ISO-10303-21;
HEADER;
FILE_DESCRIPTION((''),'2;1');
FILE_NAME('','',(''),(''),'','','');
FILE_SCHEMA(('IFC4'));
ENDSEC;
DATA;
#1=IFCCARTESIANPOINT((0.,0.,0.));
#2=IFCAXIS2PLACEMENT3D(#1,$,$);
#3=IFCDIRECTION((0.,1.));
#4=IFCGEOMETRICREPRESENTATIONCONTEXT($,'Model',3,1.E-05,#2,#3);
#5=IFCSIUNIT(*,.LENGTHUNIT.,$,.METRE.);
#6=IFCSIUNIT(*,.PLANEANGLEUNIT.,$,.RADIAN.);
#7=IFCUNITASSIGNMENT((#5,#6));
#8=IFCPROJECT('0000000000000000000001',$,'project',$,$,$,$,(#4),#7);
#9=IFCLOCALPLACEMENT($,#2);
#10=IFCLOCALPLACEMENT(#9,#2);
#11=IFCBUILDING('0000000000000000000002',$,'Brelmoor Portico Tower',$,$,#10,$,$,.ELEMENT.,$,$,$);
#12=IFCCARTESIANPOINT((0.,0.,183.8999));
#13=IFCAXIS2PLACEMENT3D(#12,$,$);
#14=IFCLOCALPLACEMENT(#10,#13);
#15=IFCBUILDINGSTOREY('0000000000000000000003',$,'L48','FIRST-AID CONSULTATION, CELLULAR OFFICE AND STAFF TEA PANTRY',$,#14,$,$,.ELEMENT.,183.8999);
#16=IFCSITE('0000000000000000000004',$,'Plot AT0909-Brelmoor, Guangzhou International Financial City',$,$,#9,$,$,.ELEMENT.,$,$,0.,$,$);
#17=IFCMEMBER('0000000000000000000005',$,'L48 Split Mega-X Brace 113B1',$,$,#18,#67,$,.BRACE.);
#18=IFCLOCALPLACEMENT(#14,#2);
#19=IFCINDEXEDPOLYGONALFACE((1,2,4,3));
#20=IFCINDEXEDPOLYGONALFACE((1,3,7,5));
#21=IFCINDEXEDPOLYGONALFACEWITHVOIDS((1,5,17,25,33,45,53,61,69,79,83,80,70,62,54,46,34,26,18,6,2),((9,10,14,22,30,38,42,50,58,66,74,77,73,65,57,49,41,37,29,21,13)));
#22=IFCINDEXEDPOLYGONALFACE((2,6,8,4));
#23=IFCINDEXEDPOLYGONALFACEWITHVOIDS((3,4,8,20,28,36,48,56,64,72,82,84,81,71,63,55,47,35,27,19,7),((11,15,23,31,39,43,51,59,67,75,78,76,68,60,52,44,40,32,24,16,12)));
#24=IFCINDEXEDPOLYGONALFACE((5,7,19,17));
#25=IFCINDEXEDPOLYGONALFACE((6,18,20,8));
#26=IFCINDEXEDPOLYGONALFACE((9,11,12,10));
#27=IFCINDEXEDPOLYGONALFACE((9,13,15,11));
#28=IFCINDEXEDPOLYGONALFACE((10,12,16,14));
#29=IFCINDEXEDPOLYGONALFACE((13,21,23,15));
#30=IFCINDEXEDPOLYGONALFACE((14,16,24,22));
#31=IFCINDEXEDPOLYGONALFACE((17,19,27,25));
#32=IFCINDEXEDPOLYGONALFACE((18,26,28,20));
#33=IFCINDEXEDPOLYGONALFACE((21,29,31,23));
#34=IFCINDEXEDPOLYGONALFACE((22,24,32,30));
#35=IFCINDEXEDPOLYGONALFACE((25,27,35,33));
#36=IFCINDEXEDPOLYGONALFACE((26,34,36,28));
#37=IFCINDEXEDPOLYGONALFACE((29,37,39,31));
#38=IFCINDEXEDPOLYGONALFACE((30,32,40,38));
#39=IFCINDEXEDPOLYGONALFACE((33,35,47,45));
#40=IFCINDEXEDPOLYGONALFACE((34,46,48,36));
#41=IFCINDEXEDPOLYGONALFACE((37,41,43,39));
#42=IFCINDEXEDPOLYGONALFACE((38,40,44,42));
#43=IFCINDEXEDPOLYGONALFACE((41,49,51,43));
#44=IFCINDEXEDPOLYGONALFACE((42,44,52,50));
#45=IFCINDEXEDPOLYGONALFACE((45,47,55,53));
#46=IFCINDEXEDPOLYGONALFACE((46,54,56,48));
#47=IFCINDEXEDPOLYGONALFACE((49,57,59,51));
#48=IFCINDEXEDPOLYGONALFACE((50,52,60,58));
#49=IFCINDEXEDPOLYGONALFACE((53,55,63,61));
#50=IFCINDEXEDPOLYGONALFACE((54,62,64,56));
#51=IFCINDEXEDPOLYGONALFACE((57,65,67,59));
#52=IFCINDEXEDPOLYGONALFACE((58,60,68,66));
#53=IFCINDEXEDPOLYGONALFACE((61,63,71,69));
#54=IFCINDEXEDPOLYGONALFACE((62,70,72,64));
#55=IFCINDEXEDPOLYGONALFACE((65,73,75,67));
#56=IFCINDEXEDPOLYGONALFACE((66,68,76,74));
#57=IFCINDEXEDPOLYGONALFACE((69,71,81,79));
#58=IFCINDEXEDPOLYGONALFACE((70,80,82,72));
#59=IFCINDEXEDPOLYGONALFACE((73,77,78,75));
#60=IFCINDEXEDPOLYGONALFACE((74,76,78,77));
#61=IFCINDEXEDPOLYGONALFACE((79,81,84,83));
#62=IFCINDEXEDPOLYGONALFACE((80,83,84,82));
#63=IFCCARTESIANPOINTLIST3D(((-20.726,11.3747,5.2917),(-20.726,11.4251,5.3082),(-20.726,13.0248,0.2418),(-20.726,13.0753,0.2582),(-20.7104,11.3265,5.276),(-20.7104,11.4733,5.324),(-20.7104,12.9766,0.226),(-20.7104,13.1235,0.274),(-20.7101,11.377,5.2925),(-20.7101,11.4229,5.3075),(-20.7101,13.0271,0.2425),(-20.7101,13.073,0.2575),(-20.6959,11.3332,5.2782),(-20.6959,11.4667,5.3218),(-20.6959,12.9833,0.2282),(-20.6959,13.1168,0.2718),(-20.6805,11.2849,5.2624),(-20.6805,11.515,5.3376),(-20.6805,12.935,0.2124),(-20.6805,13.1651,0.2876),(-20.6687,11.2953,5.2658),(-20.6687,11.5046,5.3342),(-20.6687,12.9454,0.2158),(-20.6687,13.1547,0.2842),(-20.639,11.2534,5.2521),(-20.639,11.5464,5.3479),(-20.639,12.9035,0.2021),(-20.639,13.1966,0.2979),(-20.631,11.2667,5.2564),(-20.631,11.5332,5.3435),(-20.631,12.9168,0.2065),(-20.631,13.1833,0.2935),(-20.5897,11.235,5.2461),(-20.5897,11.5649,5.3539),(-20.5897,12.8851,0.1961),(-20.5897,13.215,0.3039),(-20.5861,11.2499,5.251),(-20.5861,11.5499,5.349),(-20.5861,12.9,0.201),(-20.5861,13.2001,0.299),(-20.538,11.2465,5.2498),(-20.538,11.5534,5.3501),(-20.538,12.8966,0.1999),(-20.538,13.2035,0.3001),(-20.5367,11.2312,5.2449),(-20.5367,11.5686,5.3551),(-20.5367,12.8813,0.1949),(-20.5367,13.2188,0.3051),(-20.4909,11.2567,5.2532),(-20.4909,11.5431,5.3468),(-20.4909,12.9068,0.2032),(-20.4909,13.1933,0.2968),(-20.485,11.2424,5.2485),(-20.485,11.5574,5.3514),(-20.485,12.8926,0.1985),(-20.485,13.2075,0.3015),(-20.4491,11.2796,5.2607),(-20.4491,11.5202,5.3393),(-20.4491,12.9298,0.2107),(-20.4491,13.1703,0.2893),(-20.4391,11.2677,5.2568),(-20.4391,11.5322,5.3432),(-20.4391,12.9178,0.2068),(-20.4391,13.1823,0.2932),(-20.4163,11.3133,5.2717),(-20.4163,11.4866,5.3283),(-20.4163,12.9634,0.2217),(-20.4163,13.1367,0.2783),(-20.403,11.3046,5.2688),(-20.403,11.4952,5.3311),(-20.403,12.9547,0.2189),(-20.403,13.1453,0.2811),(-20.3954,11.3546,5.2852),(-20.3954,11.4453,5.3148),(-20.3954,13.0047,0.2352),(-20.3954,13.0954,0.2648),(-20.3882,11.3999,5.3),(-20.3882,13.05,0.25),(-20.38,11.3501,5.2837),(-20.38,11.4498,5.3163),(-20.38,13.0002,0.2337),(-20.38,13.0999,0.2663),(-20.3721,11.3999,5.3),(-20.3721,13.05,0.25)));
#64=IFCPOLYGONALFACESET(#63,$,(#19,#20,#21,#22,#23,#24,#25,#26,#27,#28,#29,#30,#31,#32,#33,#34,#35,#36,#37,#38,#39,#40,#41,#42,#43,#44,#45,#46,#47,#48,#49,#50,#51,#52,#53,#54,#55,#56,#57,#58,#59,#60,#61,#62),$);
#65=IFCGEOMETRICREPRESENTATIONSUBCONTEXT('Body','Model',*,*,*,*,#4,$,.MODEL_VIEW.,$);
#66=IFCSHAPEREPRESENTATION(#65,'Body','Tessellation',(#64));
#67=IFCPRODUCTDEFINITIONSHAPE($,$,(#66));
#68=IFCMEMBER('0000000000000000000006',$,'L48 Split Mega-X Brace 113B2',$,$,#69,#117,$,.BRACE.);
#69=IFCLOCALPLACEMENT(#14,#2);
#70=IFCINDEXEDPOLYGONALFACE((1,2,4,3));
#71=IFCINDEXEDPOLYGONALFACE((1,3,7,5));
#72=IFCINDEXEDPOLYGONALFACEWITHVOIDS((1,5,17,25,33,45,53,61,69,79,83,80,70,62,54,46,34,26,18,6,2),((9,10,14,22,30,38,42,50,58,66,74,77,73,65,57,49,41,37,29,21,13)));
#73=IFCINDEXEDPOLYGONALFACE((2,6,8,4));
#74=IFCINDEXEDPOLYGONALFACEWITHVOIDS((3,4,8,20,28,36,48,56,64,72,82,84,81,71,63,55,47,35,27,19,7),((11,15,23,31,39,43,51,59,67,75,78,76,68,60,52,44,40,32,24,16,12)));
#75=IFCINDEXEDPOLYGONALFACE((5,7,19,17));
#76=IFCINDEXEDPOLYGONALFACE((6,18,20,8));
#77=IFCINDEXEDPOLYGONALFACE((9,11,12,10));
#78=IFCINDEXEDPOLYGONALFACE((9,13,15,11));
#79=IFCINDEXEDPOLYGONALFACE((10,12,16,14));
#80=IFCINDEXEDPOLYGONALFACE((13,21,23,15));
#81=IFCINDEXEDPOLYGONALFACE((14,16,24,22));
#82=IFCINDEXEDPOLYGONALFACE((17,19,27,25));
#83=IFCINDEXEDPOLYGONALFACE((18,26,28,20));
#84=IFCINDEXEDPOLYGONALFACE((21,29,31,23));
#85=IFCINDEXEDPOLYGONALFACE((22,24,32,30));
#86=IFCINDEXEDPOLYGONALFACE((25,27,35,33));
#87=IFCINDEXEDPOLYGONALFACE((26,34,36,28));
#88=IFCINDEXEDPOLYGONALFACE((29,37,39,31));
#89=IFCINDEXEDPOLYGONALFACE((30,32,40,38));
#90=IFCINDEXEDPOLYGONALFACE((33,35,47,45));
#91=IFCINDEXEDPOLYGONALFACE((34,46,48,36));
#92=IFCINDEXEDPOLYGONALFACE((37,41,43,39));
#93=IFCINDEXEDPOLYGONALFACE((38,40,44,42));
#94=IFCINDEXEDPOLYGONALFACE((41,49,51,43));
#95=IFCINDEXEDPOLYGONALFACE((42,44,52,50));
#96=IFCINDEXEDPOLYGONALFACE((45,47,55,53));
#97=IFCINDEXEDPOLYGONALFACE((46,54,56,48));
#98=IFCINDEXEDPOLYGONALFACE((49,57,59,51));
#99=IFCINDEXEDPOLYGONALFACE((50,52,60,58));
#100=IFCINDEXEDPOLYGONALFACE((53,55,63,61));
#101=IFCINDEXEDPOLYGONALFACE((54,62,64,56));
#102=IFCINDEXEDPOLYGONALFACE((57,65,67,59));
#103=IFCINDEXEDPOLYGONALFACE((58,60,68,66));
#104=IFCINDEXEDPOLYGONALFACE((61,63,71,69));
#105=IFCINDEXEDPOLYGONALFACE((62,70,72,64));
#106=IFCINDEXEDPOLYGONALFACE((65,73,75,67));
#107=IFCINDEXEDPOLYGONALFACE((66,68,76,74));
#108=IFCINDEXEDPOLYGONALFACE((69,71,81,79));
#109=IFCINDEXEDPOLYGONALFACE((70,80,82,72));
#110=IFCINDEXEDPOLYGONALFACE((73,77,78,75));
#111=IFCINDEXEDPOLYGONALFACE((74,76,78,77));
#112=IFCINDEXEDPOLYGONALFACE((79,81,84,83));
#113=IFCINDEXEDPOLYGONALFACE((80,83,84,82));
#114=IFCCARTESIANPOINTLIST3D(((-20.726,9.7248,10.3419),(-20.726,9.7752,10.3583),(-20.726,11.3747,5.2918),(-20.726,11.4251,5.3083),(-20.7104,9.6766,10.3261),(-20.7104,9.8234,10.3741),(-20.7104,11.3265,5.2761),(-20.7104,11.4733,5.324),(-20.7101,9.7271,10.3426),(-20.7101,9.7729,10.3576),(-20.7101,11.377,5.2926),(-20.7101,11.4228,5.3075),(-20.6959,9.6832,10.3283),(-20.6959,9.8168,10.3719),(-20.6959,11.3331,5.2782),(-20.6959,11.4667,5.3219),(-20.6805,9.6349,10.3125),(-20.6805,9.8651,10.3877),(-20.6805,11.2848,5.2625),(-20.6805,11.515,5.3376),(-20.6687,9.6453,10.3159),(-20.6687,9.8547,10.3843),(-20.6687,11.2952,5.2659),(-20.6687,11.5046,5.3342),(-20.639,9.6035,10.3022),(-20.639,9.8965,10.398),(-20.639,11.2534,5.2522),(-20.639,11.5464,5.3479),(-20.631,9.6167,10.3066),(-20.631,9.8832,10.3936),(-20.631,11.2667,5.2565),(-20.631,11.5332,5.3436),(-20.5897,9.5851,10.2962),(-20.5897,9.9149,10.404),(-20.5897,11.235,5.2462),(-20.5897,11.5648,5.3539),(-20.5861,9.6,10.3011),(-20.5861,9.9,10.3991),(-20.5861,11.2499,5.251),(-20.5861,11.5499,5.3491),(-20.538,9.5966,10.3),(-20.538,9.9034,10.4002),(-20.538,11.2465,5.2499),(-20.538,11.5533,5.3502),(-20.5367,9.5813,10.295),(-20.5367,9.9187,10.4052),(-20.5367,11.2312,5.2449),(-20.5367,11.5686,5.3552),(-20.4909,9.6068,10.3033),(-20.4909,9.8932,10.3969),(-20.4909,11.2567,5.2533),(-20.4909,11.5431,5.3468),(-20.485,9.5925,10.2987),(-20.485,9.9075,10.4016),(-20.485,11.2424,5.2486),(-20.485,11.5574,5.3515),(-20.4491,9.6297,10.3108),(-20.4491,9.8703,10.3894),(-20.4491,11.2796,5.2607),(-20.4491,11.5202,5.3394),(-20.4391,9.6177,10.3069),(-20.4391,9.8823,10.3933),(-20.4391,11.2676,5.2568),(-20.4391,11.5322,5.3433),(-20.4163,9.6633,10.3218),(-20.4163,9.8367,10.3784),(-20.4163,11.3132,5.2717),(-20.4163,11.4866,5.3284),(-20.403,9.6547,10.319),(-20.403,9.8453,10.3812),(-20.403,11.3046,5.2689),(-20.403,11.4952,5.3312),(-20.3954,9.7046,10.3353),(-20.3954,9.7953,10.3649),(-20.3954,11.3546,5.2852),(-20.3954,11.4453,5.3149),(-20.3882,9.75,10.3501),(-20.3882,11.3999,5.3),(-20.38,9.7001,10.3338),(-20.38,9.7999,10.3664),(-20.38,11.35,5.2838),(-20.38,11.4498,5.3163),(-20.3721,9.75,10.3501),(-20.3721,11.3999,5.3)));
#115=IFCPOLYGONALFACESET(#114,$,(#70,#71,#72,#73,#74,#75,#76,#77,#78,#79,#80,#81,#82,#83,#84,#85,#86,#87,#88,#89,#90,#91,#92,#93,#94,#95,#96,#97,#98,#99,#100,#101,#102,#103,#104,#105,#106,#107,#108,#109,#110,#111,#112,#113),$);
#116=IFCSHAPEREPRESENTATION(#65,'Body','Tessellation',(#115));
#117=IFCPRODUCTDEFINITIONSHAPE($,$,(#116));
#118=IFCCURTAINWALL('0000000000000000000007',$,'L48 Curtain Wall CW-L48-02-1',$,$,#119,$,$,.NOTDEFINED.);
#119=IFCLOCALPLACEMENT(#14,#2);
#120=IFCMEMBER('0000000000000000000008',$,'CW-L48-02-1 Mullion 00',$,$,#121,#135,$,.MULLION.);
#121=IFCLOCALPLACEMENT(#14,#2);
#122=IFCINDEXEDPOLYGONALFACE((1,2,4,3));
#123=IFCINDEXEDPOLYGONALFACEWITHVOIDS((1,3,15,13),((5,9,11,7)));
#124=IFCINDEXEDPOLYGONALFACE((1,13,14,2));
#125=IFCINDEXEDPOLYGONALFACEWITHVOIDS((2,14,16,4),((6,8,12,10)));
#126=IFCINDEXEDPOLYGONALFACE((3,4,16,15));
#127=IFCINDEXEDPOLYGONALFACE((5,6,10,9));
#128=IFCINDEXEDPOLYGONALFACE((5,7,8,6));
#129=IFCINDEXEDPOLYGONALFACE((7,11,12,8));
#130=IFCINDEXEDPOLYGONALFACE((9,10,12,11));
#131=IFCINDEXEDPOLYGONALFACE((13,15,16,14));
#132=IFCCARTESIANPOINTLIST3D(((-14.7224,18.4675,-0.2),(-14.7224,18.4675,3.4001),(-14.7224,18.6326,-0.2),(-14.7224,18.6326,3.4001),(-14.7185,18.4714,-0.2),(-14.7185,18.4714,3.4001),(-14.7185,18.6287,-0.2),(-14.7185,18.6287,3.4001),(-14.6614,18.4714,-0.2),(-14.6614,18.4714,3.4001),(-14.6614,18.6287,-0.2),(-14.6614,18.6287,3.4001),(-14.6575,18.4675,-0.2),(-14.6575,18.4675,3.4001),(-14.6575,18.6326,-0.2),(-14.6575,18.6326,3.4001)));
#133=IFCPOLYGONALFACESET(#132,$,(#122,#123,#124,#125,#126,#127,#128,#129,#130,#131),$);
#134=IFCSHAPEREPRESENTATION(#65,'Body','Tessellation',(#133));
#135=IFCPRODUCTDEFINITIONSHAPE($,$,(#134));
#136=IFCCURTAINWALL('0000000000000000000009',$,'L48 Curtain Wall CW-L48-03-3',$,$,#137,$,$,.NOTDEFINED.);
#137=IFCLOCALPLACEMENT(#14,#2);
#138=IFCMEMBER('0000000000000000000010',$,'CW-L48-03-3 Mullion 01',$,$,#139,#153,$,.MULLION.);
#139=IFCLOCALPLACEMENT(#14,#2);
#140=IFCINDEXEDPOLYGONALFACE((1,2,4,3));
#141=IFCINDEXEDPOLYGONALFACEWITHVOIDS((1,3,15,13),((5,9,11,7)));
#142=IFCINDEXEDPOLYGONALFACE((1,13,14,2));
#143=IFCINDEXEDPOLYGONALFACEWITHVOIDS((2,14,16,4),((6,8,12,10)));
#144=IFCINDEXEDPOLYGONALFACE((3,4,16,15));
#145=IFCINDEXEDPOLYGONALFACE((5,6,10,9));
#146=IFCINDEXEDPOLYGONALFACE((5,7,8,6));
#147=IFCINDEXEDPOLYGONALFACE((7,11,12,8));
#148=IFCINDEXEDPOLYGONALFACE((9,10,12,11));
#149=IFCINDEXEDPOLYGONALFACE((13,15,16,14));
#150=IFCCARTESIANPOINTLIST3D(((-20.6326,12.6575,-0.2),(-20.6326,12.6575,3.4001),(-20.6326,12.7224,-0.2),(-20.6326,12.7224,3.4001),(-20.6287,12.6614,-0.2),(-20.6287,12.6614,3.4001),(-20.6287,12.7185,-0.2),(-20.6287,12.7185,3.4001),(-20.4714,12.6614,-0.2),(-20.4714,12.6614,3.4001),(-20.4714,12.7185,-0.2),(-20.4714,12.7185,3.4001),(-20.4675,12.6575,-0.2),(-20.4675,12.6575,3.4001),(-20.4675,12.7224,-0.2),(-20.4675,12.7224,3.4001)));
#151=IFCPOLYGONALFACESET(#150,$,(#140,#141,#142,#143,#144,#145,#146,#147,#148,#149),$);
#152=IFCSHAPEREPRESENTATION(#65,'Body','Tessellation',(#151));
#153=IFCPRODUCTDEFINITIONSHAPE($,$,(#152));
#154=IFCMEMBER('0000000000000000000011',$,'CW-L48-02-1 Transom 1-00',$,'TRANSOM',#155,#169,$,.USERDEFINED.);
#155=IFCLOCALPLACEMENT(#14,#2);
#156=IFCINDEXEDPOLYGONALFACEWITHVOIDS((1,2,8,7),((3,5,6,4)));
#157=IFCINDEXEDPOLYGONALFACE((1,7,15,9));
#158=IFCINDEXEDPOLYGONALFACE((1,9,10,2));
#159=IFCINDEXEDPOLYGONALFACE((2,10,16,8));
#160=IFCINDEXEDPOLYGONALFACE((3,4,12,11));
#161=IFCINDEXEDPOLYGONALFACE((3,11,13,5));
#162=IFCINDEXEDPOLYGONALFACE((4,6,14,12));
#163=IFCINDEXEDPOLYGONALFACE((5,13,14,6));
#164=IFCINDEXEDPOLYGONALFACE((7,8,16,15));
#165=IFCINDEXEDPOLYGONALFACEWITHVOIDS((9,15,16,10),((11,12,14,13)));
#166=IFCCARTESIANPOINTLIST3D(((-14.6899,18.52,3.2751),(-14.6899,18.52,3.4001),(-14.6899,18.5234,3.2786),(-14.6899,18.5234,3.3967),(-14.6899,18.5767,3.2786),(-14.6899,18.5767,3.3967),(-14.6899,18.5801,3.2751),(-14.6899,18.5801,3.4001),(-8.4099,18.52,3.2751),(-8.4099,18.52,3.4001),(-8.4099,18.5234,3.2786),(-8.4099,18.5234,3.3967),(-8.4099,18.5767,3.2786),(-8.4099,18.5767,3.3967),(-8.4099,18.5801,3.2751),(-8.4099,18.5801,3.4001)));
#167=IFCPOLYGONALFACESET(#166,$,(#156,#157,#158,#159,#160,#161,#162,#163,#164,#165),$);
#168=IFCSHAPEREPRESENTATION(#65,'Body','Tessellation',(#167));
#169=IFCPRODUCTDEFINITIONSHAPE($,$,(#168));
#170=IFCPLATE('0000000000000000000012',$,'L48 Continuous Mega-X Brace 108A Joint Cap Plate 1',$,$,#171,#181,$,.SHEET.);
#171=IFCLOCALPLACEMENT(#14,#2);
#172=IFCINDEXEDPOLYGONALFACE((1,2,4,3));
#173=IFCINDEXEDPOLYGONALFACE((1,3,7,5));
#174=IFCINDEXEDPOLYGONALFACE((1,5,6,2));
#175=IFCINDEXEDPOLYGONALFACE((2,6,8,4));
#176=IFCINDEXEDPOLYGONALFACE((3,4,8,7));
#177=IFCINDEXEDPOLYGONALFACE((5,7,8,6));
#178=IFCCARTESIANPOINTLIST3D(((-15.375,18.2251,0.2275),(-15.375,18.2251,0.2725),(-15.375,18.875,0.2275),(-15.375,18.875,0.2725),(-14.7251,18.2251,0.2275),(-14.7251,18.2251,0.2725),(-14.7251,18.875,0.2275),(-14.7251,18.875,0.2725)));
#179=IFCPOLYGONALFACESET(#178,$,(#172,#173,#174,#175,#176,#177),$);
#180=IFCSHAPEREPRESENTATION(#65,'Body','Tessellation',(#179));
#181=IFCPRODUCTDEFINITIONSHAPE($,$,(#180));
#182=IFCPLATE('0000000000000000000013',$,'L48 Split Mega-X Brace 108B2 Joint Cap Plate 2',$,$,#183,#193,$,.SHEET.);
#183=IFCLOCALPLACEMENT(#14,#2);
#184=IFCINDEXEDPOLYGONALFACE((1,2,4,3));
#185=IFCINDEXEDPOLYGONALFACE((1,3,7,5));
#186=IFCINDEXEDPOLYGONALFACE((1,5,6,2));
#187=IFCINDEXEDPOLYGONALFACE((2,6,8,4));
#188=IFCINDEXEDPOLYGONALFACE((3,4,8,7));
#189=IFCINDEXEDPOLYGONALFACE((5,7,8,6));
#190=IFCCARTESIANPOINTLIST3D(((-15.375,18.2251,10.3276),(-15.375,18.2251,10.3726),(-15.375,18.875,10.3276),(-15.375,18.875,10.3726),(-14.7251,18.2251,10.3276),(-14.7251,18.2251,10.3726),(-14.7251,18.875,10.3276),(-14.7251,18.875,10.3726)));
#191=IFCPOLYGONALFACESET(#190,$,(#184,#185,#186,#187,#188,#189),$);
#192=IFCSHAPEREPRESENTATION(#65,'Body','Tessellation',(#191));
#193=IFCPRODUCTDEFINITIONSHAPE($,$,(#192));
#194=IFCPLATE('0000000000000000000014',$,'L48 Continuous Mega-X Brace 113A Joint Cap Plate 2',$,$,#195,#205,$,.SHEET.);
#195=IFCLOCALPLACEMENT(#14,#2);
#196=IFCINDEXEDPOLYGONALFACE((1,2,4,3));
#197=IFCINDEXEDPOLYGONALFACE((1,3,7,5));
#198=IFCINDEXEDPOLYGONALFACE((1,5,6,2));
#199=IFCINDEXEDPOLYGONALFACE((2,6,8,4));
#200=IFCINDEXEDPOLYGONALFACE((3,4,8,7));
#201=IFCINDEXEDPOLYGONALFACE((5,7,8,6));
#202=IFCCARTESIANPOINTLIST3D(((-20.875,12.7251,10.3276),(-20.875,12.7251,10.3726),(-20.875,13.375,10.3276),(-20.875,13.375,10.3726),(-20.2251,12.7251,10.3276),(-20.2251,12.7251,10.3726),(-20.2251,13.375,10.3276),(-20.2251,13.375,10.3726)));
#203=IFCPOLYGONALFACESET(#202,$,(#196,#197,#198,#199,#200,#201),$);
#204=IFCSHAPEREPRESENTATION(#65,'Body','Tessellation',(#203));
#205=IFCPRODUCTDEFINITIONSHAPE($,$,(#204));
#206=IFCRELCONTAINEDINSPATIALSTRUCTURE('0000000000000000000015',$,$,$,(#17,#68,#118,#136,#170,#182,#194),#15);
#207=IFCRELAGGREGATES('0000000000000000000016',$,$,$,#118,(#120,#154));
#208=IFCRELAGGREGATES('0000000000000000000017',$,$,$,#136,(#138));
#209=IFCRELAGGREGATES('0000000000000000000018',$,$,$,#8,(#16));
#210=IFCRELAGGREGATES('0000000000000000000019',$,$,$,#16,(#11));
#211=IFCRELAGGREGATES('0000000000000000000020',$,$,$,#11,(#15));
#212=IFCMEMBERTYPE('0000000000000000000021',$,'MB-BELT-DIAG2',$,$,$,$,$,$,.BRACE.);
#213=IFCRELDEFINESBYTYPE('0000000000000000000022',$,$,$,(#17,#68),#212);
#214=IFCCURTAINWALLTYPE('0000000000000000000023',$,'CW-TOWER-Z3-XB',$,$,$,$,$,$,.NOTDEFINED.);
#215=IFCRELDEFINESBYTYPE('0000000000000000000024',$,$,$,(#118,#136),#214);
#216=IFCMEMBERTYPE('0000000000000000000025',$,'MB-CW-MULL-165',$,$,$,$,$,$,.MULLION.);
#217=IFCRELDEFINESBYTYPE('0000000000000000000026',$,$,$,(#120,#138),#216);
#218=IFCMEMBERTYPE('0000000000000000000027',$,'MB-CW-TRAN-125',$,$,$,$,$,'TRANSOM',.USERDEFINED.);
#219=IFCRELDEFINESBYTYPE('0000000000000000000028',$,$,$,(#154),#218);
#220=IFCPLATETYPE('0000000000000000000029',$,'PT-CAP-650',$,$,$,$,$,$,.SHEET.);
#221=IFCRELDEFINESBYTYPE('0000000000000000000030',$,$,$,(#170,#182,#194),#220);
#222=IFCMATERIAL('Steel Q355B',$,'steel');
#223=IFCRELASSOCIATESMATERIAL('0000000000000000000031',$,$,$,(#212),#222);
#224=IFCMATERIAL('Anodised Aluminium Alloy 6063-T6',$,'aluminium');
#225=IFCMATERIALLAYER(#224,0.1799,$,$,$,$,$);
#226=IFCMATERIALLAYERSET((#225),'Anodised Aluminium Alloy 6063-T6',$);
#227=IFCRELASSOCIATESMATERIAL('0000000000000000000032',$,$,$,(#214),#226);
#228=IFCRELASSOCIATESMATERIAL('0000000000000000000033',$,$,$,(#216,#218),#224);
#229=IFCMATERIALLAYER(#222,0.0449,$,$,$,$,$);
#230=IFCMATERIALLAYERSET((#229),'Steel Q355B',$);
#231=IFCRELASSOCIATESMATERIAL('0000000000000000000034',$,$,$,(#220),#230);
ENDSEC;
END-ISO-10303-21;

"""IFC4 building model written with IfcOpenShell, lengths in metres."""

from ifc_helpers import new_model, si_unit, direction, frame, origin, origin_2d, place, context, subcontext, project, spatial, rectangle, hollow_rectangle, hollow_circle, extrude, material, layer, layer_set, material_profile, profile_set, type_object, element, aggregate, save


model = new_model("IFC4")

# Units and contexts
model_context = context("Model", 3, precision=1e-05, world=origin(), true_north=direction((0.0, 1.0)))
body_context = subcontext(model_context, "Body", "Model", "MODEL_VIEW")
ifc_project = project(units=[si_unit("LENGTHUNIT", "METRE"), si_unit("PLANEANGLEUNIT", "RADIAN")], contexts=[model_context])

# Site, building, storey
site_placement = place(None, origin())
site = spatial("IfcSite", under=ifc_project, at=site_placement, Name="Plot AT0909-Brelmoor, Guangzhou International Financial City", CompositionType="ELEMENT", RefElevation=0.0)
building_placement = place(site_placement, origin())
building = spatial("IfcBuilding", under=site, at=building_placement, Name="Brelmoor Portico Tower", CompositionType="ELEMENT")
storey_placement = place(building_placement, frame((0.0, 0.0, 183.8999)))
storey = spatial("IfcBuildingStorey", under=building, at=storey_placement, Name="L48", Description="FIRST-AID CONSULTATION, CELLULAR OFFICE AND STAFF TEA PANTRY", CompositionType="ELEMENT", Elevation=183.8999)

# Shared definitions
ifc_material_1 = material(Name="Steel Q355B", Category="steel")

# Members
ifc_material_profile_1 = material_profile(ifc_material_1, hollow_circle(Radius=0.178, WallThickness=0.0161, at=origin_2d()), Name="CHS 356x16")
ifc_profile_set_1 = profile_set([ifc_material_profile_1], Name="Steel Q355B")
member_type_1 = type_object("IfcMemberType", Name="MB-BELT-DIAG2", PredefinedType="BRACE", material=ifc_profile_set_1)
for number, where, z_axis, x_axis, name in (
    (1, (-20.55, 13.05, 0.25), (0.0, -0.310598, 0.950542), (1.0, 0.0, 0.0), "L48 Split Mega-X Brace 113B1"),
    (2, (-20.55, 11.3999, 5.3), (0.0, -0.310556, 0.950555), (1.0, 0.0, 0.0), "L48 Split Mega-X Brace 113B2"),
):
    element("IfcMember", number, at=place(storey_placement, frame(where, z_axis=z_axis, x_axis=x_axis)), inside=storey, type_object=member_type_1, Name=name, PredefinedType="BRACE", context=body_context, shape_type="SweptSolid", body=[
        extrude(hollow_circle(Radius=0.178, WallThickness=0.0161, at=origin_2d()), origin(), (0.0, 0.0, 1.0), 5.3127),
    ])

# Curtain walls, members
ifc_material_2 = material(Name="Anodised Aluminium Alloy 6063-T6", Category="aluminium")
ifc_layer_1 = layer(ifc_material_2, 0.1799)
ifc_layer_set_1 = layer_set([ifc_layer_1], Name="Anodised Aluminium Alloy 6063-T6")
curtain_wall_type = type_object("IfcCurtainWallType", Name="CW-TOWER-Z3-XB", PredefinedType="NOTDEFINED", material=ifc_layer_set_1)
curtain_wall_1_placement = place(storey_placement, origin())
curtain_wall_1 = element("IfcCurtainWall", 3, at=curtain_wall_1_placement, inside=storey, type_object=curtain_wall_type, Name="L48 Curtain Wall CW-L48-02-1", PredefinedType="NOTDEFINED")
ifc_material_profile_2 = material_profile(ifc_material_2, hollow_rectangle(XDim=0.0649, YDim=0.165, WallThickness=0.0039, at=origin_2d()), Name="ALU MULLION 65x165")
ifc_profile_set_2 = profile_set([ifc_material_profile_2], Name="Anodised Aluminium Alloy 6063-T6")
member_type_2 = type_object("IfcMemberType", Name="MB-CW-MULL-165", PredefinedType="MULLION", material=ifc_profile_set_2)
member_1_placement = place(storey_placement, frame((-14.6899, 18.55, -0.2), z_axis=(0.0, 0.0, 1.0), x_axis=(1.0, 0.0, 0.0)))
member_1 = element("IfcMember", 4, at=member_1_placement, type_object=member_type_2, Name="CW-L48-02-1 Mullion 00", PredefinedType="MULLION", context=body_context, shape_type="SweptSolid", body=[
    extrude(hollow_rectangle(XDim=0.0649, YDim=0.165, WallThickness=0.0039, at=origin_2d()), origin(), (0.0, 0.0, 1.0), 3.6001),
])
curtain_wall_2_placement = place(storey_placement, origin())
curtain_wall_2 = element("IfcCurtainWall", 5, at=curtain_wall_2_placement, inside=storey, type_object=curtain_wall_type, Name="L48 Curtain Wall CW-L48-03-3", PredefinedType="NOTDEFINED")
member_2_placement = place(storey_placement, frame((-20.55, 12.6899, -0.2), z_axis=(0.0, 0.0, 1.0), x_axis=(0.0, 1.0, 0.0)))
member_2 = element("IfcMember", 6, at=member_2_placement, type_object=member_type_2, Name="CW-L48-03-3 Mullion 01", PredefinedType="MULLION", context=body_context, shape_type="SweptSolid", body=[
    extrude(hollow_rectangle(XDim=0.0649, YDim=0.165, WallThickness=0.0039, at=origin_2d()), origin(), (0.0, 0.0, 1.0), 3.6001),
])

# Member
ifc_material_profile_3 = material_profile(ifc_material_2, hollow_rectangle(XDim=0.0601, YDim=0.125, WallThickness=0.0034, at=origin_2d()), Name="ALU TRANSOM 60x125")
ifc_profile_set_3 = profile_set([ifc_material_profile_3], Name="Anodised Aluminium Alloy 6063-T6")
member_type_3 = type_object("IfcMemberType", Name="MB-CW-TRAN-125", ElementType="TRANSOM", PredefinedType="USERDEFINED", material=ifc_profile_set_3)
member_3_placement = place(storey_placement, frame((-14.6899, 18.55, 3.3376), z_axis=(1.0, 0.0, 0.0), x_axis=(0.0, 1.0, 0.0)))
member_3 = element("IfcMember", 7, at=member_3_placement, type_object=member_type_3, Name="CW-L48-02-1 Transom 1-00", ObjectType="TRANSOM", PredefinedType="USERDEFINED", context=body_context, shape_type="SweptSolid", body=[
    extrude(hollow_rectangle(XDim=0.0601, YDim=0.125, WallThickness=0.0034, at=origin_2d()), origin(), (0.0, 0.0, 1.0), 6.28),
])
aggregate(curtain_wall_1, [member_1, member_3])

# Plates
ifc_layer_2 = layer(ifc_material_1, 0.0449)
ifc_layer_set_2 = layer_set([ifc_layer_2], Name="Steel Q355B")
plate_type_1 = type_object("IfcPlateType", Name="PT-CAP-650", PredefinedType="SHEET", material=ifc_layer_set_2)
for number, where, z_axis, x_axis, name in (
    (8, (-15.05, 18.55, 0.2275), (0.0, 0.0, 1.0), (1.0, 0.0, 0.0), "L48 Continuous Mega-X Brace 108A Joint Cap Plate 1"),
    (9, (-15.05, 18.55, 10.3276), (0.0, 0.0, 1.0), (1.0, 0.0, 0.0), "L48 Split Mega-X Brace 108B2 Joint Cap Plate 2"),
    (10, (-20.55, 13.05, 10.3276), (0.0, 0.0, 1.0), (1.0, 0.0, 0.0), "L48 Continuous Mega-X Brace 113A Joint Cap Plate 2"),
):
    element("IfcPlate", number, at=place(storey_placement, frame(where, z_axis=z_axis, x_axis=x_axis)), inside=storey, type_object=plate_type_1, Name=name, PredefinedType="SHEET", context=body_context, shape_type="SweptSolid", body=[
        extrude(rectangle(XDim=0.6499, YDim=0.6499, at=origin_2d()), origin(), (0.0, 0.0, 1.0), 0.0449),
    ])

aggregate(curtain_wall_2, [member_2])

save(model, "model.ifc")
